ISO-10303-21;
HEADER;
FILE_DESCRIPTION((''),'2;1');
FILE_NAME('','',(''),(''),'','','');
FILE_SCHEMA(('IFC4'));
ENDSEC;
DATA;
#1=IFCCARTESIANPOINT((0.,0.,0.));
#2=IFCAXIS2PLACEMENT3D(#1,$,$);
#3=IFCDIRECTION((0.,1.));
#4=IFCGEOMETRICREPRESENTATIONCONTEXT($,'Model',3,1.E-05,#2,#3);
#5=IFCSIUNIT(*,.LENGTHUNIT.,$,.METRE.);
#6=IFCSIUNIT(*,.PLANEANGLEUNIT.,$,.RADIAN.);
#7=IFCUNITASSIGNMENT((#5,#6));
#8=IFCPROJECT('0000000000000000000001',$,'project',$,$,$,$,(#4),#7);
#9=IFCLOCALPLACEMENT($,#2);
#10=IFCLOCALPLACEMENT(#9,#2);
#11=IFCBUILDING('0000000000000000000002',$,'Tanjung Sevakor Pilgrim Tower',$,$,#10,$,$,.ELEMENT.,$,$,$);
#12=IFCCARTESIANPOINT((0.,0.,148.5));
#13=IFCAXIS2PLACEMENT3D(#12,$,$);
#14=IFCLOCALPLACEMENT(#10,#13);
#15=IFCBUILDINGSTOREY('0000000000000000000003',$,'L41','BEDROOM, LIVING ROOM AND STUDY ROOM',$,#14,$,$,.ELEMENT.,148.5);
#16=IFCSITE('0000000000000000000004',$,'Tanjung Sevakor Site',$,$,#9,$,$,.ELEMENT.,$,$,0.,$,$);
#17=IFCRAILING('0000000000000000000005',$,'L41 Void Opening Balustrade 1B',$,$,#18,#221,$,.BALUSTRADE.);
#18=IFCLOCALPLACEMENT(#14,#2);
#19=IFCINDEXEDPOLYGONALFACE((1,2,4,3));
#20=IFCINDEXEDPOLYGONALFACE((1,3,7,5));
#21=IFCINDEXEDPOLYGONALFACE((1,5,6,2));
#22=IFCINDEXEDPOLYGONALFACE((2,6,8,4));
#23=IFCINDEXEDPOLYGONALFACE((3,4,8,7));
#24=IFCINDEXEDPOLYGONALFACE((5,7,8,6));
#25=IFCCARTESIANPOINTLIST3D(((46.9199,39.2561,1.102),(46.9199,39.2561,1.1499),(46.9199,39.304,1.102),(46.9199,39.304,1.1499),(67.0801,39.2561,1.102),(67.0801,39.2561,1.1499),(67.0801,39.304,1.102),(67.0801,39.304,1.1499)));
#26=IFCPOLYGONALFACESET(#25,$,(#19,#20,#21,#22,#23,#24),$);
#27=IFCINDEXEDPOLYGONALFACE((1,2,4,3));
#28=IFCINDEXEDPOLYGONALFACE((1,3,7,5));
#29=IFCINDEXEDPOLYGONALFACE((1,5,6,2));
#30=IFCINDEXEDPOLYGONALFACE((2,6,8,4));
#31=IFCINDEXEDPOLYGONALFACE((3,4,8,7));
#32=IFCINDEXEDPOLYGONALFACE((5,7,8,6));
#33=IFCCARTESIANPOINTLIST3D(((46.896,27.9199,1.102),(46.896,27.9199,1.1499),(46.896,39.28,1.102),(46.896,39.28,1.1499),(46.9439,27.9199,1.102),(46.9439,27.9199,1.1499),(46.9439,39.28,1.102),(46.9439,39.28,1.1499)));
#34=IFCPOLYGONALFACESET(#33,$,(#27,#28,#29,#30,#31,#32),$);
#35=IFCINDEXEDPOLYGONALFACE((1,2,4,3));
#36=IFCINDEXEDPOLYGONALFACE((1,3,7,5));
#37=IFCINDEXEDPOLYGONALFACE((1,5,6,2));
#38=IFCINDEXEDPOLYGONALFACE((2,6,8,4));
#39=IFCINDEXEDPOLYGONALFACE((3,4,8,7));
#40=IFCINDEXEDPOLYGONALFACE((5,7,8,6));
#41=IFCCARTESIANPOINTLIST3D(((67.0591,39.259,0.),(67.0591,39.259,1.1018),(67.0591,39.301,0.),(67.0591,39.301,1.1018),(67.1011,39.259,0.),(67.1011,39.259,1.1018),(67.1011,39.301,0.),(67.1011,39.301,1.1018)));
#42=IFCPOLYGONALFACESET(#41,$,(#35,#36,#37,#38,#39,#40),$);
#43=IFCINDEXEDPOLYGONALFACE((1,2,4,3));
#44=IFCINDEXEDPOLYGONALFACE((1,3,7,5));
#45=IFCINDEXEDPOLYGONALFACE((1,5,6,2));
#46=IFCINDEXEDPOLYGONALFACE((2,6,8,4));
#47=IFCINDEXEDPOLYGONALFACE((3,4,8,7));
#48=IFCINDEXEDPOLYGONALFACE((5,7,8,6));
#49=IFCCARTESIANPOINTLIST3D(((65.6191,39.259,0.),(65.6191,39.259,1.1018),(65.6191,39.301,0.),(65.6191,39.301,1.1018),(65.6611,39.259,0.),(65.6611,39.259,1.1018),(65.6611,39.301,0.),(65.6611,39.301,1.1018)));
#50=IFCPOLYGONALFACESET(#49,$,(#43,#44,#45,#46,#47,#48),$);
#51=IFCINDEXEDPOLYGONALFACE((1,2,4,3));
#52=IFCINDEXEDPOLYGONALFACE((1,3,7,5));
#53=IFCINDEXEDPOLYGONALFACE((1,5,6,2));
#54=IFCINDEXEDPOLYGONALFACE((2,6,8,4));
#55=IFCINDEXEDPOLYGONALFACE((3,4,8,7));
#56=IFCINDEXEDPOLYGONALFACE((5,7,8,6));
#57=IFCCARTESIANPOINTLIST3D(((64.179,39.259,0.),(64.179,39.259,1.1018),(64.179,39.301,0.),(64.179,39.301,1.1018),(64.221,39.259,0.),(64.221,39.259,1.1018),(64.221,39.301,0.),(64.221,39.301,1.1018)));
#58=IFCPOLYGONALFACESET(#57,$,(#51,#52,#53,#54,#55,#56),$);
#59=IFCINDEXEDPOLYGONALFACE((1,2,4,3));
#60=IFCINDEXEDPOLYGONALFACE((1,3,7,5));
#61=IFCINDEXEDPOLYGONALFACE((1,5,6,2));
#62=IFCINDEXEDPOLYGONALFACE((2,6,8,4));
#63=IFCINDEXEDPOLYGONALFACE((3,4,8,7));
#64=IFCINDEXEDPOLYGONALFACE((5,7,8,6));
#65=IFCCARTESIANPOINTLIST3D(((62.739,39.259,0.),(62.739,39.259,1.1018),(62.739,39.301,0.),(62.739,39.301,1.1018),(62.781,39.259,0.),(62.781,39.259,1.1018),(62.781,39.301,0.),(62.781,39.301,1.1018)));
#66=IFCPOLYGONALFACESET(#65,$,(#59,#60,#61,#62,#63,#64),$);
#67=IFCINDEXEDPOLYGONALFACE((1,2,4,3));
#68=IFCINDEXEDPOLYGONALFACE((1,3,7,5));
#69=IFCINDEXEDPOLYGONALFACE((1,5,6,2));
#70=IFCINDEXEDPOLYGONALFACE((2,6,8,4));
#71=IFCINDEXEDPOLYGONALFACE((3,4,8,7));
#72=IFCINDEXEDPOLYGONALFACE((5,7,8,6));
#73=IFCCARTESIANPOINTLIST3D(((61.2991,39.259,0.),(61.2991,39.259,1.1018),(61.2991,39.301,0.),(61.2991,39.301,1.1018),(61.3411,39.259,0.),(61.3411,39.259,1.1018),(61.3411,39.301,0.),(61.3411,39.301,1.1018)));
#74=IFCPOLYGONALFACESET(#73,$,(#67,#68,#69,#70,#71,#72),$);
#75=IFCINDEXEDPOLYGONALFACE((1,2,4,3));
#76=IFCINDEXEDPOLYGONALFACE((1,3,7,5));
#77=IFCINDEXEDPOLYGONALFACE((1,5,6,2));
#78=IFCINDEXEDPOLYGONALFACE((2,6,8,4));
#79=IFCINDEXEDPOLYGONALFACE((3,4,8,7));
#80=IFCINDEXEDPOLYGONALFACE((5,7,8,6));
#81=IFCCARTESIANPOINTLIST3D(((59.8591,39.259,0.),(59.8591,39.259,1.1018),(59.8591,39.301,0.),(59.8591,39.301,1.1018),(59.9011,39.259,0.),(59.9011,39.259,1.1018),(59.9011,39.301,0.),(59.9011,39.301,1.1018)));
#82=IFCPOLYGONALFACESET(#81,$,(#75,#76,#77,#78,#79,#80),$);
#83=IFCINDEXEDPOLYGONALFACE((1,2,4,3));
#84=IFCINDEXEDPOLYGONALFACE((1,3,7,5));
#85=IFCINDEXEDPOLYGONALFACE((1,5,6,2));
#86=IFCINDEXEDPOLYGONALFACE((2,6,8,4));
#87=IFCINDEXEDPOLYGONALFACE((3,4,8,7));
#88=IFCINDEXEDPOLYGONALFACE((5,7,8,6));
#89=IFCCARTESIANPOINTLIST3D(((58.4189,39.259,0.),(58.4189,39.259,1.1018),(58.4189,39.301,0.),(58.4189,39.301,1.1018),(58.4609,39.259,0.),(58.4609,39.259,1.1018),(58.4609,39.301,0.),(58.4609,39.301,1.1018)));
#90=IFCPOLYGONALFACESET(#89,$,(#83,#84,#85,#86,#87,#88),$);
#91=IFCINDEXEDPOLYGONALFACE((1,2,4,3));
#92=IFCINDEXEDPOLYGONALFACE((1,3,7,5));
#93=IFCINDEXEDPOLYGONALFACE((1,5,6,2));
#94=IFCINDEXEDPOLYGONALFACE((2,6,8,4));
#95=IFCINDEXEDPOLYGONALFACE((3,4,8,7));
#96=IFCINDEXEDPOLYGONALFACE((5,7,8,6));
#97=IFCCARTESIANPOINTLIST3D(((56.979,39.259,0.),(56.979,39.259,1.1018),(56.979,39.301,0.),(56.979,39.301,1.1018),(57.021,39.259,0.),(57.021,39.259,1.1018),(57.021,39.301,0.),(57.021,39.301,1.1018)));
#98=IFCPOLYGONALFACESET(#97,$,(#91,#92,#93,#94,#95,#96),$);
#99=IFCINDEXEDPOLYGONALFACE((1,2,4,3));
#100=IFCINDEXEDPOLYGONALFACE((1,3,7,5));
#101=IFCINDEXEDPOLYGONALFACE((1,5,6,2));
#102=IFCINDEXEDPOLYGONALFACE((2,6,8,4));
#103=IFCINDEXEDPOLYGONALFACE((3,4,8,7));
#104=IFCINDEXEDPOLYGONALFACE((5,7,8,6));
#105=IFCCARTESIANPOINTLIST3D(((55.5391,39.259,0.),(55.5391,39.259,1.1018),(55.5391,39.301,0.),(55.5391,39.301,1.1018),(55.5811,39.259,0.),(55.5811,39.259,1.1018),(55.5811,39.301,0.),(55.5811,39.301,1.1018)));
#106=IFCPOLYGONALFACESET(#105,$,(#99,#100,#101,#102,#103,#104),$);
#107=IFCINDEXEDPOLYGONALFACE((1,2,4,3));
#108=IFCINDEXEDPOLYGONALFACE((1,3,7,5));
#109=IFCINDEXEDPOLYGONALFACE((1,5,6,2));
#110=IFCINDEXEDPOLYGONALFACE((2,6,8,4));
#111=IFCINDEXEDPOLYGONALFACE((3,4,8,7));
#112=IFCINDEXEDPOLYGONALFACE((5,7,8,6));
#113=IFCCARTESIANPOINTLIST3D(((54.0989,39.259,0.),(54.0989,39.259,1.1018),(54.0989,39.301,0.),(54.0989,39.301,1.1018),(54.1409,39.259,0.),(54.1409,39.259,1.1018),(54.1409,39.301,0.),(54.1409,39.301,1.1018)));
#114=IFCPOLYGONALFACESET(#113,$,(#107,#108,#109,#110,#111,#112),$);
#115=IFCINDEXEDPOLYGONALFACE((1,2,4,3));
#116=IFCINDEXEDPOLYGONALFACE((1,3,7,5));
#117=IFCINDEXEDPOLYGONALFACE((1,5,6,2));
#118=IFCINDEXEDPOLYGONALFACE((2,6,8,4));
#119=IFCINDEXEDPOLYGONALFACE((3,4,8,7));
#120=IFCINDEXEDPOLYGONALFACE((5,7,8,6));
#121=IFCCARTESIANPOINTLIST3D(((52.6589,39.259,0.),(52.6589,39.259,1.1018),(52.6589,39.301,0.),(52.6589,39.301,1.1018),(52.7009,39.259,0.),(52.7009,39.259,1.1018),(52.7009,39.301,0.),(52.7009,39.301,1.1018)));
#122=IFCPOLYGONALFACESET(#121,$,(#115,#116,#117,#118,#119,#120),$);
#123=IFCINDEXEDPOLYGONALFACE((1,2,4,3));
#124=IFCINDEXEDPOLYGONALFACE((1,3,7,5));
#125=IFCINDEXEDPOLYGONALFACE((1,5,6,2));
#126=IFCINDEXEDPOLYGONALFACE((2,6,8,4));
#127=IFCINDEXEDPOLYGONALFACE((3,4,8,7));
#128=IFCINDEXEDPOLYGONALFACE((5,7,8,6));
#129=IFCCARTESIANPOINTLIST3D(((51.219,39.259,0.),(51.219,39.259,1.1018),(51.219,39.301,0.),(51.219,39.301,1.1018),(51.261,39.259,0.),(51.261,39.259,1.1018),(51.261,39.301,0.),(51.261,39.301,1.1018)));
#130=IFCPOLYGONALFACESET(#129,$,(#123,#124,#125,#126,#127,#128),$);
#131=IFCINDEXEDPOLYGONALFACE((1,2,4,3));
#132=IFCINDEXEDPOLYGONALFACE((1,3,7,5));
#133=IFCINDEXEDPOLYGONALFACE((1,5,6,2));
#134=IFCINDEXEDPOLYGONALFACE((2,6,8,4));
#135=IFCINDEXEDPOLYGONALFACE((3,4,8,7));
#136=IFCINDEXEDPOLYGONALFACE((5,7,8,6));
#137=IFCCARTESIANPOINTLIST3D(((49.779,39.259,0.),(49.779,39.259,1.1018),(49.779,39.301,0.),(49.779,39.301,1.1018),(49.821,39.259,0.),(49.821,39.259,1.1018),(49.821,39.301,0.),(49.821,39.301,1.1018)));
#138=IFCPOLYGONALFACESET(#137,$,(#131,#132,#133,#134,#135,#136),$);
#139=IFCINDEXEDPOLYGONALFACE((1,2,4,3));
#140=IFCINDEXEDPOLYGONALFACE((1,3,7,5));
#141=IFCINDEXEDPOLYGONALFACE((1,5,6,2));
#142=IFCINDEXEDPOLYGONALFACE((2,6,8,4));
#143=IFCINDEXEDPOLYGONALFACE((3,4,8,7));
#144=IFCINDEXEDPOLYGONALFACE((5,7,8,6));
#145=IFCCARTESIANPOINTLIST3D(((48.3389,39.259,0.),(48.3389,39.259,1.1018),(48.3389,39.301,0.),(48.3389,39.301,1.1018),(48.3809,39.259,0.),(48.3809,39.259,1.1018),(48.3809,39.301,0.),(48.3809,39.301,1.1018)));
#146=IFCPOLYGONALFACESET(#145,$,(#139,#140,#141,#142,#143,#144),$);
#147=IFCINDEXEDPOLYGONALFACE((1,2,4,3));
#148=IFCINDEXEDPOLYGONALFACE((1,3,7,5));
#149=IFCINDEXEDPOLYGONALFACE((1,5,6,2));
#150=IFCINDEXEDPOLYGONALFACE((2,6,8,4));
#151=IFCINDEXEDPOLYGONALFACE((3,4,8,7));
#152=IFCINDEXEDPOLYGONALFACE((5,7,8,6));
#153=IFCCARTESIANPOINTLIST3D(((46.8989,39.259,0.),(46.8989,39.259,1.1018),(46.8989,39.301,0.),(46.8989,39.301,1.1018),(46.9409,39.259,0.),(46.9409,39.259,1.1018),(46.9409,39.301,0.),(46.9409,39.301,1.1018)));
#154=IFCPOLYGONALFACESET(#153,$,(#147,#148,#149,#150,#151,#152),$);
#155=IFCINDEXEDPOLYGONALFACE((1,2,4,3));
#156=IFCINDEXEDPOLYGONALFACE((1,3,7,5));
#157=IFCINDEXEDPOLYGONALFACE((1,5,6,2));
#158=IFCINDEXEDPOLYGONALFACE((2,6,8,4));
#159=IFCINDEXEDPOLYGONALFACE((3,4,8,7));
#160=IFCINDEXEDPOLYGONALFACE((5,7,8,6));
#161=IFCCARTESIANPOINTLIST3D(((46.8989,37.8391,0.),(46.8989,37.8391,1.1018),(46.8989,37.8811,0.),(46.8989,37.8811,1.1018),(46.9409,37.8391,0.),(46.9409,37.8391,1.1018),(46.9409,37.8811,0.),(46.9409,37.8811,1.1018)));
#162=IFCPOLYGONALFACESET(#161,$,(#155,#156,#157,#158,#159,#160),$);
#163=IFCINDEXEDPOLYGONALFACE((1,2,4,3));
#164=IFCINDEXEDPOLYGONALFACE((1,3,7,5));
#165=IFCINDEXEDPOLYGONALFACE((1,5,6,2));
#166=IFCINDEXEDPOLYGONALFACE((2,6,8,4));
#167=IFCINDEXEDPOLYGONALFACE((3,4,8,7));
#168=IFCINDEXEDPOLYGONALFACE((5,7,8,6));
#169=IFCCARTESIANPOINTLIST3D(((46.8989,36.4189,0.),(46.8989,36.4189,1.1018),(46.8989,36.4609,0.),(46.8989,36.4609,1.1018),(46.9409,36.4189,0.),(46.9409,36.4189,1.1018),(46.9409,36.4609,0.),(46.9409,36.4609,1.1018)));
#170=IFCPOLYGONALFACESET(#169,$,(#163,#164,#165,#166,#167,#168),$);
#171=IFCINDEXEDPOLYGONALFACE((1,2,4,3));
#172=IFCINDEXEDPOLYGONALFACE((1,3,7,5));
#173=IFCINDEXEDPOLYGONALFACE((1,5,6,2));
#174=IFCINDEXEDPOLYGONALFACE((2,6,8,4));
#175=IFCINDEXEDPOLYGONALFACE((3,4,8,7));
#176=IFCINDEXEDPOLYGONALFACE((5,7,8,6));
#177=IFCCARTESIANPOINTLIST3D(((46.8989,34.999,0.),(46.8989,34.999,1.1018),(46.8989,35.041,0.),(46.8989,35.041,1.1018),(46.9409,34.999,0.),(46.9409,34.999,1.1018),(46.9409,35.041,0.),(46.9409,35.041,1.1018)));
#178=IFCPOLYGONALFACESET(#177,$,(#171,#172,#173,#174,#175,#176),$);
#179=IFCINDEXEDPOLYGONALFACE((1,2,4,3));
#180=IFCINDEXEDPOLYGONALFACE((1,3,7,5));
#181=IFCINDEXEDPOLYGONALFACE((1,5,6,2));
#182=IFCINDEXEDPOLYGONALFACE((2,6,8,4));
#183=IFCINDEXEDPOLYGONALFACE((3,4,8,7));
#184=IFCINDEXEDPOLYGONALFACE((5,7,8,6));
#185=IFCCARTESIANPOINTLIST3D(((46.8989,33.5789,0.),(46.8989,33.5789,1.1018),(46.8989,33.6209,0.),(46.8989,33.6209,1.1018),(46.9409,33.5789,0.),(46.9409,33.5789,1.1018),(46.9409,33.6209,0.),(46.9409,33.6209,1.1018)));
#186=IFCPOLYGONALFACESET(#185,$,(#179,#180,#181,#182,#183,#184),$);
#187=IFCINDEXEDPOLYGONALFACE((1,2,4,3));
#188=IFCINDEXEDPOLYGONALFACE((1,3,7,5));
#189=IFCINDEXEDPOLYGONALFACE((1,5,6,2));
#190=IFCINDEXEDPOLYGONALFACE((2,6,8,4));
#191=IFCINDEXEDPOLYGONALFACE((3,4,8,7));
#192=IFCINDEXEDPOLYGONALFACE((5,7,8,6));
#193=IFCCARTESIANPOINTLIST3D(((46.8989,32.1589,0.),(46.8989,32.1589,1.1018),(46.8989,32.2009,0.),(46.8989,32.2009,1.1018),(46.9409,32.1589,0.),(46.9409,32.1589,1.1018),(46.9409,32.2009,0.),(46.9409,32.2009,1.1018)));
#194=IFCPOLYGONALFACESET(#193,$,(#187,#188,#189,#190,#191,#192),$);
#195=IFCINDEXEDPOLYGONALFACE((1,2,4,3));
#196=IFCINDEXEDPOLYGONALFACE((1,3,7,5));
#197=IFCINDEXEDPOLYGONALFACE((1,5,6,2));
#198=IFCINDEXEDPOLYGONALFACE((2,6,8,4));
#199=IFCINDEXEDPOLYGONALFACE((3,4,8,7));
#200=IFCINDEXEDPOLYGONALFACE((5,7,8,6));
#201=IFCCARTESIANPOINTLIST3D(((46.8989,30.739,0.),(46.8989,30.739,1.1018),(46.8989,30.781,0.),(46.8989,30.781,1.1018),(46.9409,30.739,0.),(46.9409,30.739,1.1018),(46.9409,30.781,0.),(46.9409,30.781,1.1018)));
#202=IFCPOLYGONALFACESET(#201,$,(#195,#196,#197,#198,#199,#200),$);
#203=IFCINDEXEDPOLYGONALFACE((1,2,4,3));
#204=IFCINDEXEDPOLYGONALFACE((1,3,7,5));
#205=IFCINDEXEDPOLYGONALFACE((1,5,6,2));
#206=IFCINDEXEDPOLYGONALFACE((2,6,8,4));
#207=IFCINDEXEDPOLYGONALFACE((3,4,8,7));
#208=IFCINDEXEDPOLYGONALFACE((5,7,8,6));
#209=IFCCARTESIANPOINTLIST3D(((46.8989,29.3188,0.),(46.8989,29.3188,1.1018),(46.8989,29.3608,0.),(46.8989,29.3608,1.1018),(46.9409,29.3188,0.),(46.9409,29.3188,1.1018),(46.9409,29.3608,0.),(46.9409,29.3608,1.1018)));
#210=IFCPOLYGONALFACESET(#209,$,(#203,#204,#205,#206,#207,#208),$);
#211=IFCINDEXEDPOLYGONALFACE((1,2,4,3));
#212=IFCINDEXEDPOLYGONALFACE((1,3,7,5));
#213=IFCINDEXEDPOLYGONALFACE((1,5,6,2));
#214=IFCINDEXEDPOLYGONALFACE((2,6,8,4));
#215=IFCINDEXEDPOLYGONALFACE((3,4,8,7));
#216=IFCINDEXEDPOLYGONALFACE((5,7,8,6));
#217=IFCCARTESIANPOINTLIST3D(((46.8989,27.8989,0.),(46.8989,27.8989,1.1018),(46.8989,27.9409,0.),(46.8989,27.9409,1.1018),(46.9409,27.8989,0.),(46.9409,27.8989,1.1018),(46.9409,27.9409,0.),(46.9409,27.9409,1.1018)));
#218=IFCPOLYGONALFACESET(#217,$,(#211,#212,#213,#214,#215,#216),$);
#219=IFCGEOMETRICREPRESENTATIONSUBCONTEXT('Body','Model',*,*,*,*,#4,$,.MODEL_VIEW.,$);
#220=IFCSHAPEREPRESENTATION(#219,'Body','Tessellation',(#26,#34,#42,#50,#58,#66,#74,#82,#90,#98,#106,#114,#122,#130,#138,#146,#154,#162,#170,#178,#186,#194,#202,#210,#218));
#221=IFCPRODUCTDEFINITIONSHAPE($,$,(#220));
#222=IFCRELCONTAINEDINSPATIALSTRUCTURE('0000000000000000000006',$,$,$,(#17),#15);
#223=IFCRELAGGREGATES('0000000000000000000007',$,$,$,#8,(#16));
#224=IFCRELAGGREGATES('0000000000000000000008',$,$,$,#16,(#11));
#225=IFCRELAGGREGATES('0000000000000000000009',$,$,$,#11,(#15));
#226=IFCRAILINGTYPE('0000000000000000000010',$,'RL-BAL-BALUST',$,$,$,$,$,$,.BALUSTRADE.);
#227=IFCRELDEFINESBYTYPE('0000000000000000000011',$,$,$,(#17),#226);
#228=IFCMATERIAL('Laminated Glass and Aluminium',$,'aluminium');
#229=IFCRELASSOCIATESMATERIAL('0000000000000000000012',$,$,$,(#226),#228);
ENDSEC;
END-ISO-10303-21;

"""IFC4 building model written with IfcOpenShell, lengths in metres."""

from ifc_helpers import new_model, si_unit, direction, frame, origin, place, context, subcontext, project, spatial, rectangle, extrude, material, type_object, element, save


model = new_model("IFC4")

# Units and contexts
model_context = context("Model", 3, precision=1e-05, world=origin(), true_north=direction((0.0, 1.0)))
body_context = subcontext(model_context, "Body", "Model", "MODEL_VIEW")
ifc_project = project(units=[si_unit("LENGTHUNIT", "METRE"), si_unit("PLANEANGLEUNIT", "RADIAN")], contexts=[model_context])

# Site, building, storey
site_placement = place(None, origin())
site = spatial("IfcSite", under=ifc_project, at=site_placement, Name="Tanjung Sevakor Site", CompositionType="ELEMENT", RefElevation=0.0)
building_placement = place(site_placement, origin())
building = spatial("IfcBuilding", under=site, at=building_placement, Name="Tanjung Sevakor Pilgrim Tower", CompositionType="ELEMENT")
storey_placement = place(building_placement, frame((0.0, 0.0, 148.5)))
storey = spatial("IfcBuildingStorey", under=building, at=storey_placement, Name="L41", Description="BEDROOM, LIVING ROOM AND STUDY ROOM", CompositionType="ELEMENT", Elevation=148.5)

# Railing
ifc_material_1 = material(Name="Laminated Glass and Aluminium", Category="aluminium")
railing_type = type_object("IfcRailingType", Name="RL-BAL-BALUST", PredefinedType="BALUSTRADE", material=ifc_material_1)
railing_1_placement = place(storey_placement, frame((67.0801, 39.28, 0.0)))
element("IfcRailing", 1, at=railing_1_placement, inside=storey, type_object=railing_type, Name="L41 Void Opening Balustrade 1B", PredefinedType="BALUSTRADE", context=body_context, shape_type="SweptSolid", body=[
    extrude(rectangle(XDim=0.0479, YDim=0.0479), frame((0.0, 0.0, 1.126), z_axis=(-1.0, 0.0, 0.0), x_axis=(0.0, -1.0, 0.0)), (0.0, 0.0, 1.0), 20.1602),
    extrude(rectangle(XDim=0.0479, YDim=0.0479), frame((-20.1602, 0.0, 1.126), z_axis=(0.0, -1.0, 0.0), x_axis=(1.0, 0.0, 0.0)), (0.0, 0.0, 1.0), 11.3601),
    extrude(rectangle(XDim=0.042, YDim=0.042), origin(), (0.0, 0.0, 1.0), 1.1018),
    extrude(rectangle(XDim=0.042, YDim=0.042), frame((-1.4399, 0.0, 0.0)), (0.0, 0.0, 1.0), 1.1018),
    extrude(rectangle(XDim=0.042, YDim=0.042), frame((-2.8801, 0.0, 0.0)), (0.0, 0.0, 1.0), 1.1018),
    extrude(rectangle(XDim=0.042, YDim=0.042), frame((-4.3201, 0.0, 0.0)), (0.0, 0.0, 1.0), 1.1018),
    extrude(rectangle(XDim=0.042, YDim=0.042), frame((-5.76, 0.0, 0.0)), (0.0, 0.0, 1.0), 1.1018),
    extrude(rectangle(XDim=0.042, YDim=0.042), frame((-7.2, 0.0, 0.0)), (0.0, 0.0, 1.0), 1.1018),
    extrude(rectangle(XDim=0.042, YDim=0.042), frame((-8.6401, 0.0, 0.0)), (0.0, 0.0, 1.0), 1.1018),
    extrude(rectangle(XDim=0.042, YDim=0.042), frame((-10.0801, 0.0, 0.0)), (0.0, 0.0, 1.0), 1.1018),
    extrude(rectangle(XDim=0.042, YDim=0.042), frame((-11.52, 0.0, 0.0)), (0.0, 0.0, 1.0), 1.1018),
    extrude(rectangle(XDim=0.042, YDim=0.042), frame((-12.9602, 0.0, 0.0)), (0.0, 0.0, 1.0), 1.1018),
    extrude(rectangle(XDim=0.042, YDim=0.042), frame((-14.4001, 0.0, 0.0)), (0.0, 0.0, 1.0), 1.1018),
    extrude(rectangle(XDim=0.042, YDim=0.042), frame((-15.8401, 0.0, 0.0)), (0.0, 0.0, 1.0), 1.1018),
    extrude(rectangle(XDim=0.042, YDim=0.042), frame((-17.28, 0.0, 0.0)), (0.0, 0.0, 1.0), 1.1018),
    extrude(rectangle(XDim=0.042, YDim=0.042), frame((-18.7202, 0.0, 0.0)), (0.0, 0.0, 1.0), 1.1018),
    extrude(rectangle(XDim=0.042, YDim=0.042), frame((-20.1602, 0.0, 0.0)), (0.0, 0.0, 1.0), 1.1018),
    extrude(rectangle(XDim=0.042, YDim=0.042), frame((-20.1602, -1.4199, 0.0)), (0.0, 0.0, 1.0), 1.1018),
    extrude(rectangle(XDim=0.042, YDim=0.042), frame((-20.1602, -2.8401, 0.0)), (0.0, 0.0, 1.0), 1.1018),
    extrude(rectangle(XDim=0.042, YDim=0.042), frame((-20.1602, -4.26, 0.0)), (0.0, 0.0, 1.0), 1.1018),
    extrude(rectangle(XDim=0.042, YDim=0.042), frame((-20.1602, -5.6802, 0.0)), (0.0, 0.0, 1.0), 1.1018),
    extrude(rectangle(XDim=0.042, YDim=0.042), frame((-20.1602, -7.1001, 0.0)), (0.0, 0.0, 1.0), 1.1018),
    extrude(rectangle(XDim=0.042, YDim=0.042), frame((-20.1602, -8.52, 0.0)), (0.0, 0.0, 1.0), 1.1018),
    extrude(rectangle(XDim=0.042, YDim=0.042), frame((-20.1602, -9.9402, 0.0)), (0.0, 0.0, 1.0), 1.1018),
    extrude(rectangle(XDim=0.042, YDim=0.042), frame((-20.1602, -11.3601, 0.0)), (0.0, 0.0, 1.0), 1.1018),
])

save(model, "model.ifc")
